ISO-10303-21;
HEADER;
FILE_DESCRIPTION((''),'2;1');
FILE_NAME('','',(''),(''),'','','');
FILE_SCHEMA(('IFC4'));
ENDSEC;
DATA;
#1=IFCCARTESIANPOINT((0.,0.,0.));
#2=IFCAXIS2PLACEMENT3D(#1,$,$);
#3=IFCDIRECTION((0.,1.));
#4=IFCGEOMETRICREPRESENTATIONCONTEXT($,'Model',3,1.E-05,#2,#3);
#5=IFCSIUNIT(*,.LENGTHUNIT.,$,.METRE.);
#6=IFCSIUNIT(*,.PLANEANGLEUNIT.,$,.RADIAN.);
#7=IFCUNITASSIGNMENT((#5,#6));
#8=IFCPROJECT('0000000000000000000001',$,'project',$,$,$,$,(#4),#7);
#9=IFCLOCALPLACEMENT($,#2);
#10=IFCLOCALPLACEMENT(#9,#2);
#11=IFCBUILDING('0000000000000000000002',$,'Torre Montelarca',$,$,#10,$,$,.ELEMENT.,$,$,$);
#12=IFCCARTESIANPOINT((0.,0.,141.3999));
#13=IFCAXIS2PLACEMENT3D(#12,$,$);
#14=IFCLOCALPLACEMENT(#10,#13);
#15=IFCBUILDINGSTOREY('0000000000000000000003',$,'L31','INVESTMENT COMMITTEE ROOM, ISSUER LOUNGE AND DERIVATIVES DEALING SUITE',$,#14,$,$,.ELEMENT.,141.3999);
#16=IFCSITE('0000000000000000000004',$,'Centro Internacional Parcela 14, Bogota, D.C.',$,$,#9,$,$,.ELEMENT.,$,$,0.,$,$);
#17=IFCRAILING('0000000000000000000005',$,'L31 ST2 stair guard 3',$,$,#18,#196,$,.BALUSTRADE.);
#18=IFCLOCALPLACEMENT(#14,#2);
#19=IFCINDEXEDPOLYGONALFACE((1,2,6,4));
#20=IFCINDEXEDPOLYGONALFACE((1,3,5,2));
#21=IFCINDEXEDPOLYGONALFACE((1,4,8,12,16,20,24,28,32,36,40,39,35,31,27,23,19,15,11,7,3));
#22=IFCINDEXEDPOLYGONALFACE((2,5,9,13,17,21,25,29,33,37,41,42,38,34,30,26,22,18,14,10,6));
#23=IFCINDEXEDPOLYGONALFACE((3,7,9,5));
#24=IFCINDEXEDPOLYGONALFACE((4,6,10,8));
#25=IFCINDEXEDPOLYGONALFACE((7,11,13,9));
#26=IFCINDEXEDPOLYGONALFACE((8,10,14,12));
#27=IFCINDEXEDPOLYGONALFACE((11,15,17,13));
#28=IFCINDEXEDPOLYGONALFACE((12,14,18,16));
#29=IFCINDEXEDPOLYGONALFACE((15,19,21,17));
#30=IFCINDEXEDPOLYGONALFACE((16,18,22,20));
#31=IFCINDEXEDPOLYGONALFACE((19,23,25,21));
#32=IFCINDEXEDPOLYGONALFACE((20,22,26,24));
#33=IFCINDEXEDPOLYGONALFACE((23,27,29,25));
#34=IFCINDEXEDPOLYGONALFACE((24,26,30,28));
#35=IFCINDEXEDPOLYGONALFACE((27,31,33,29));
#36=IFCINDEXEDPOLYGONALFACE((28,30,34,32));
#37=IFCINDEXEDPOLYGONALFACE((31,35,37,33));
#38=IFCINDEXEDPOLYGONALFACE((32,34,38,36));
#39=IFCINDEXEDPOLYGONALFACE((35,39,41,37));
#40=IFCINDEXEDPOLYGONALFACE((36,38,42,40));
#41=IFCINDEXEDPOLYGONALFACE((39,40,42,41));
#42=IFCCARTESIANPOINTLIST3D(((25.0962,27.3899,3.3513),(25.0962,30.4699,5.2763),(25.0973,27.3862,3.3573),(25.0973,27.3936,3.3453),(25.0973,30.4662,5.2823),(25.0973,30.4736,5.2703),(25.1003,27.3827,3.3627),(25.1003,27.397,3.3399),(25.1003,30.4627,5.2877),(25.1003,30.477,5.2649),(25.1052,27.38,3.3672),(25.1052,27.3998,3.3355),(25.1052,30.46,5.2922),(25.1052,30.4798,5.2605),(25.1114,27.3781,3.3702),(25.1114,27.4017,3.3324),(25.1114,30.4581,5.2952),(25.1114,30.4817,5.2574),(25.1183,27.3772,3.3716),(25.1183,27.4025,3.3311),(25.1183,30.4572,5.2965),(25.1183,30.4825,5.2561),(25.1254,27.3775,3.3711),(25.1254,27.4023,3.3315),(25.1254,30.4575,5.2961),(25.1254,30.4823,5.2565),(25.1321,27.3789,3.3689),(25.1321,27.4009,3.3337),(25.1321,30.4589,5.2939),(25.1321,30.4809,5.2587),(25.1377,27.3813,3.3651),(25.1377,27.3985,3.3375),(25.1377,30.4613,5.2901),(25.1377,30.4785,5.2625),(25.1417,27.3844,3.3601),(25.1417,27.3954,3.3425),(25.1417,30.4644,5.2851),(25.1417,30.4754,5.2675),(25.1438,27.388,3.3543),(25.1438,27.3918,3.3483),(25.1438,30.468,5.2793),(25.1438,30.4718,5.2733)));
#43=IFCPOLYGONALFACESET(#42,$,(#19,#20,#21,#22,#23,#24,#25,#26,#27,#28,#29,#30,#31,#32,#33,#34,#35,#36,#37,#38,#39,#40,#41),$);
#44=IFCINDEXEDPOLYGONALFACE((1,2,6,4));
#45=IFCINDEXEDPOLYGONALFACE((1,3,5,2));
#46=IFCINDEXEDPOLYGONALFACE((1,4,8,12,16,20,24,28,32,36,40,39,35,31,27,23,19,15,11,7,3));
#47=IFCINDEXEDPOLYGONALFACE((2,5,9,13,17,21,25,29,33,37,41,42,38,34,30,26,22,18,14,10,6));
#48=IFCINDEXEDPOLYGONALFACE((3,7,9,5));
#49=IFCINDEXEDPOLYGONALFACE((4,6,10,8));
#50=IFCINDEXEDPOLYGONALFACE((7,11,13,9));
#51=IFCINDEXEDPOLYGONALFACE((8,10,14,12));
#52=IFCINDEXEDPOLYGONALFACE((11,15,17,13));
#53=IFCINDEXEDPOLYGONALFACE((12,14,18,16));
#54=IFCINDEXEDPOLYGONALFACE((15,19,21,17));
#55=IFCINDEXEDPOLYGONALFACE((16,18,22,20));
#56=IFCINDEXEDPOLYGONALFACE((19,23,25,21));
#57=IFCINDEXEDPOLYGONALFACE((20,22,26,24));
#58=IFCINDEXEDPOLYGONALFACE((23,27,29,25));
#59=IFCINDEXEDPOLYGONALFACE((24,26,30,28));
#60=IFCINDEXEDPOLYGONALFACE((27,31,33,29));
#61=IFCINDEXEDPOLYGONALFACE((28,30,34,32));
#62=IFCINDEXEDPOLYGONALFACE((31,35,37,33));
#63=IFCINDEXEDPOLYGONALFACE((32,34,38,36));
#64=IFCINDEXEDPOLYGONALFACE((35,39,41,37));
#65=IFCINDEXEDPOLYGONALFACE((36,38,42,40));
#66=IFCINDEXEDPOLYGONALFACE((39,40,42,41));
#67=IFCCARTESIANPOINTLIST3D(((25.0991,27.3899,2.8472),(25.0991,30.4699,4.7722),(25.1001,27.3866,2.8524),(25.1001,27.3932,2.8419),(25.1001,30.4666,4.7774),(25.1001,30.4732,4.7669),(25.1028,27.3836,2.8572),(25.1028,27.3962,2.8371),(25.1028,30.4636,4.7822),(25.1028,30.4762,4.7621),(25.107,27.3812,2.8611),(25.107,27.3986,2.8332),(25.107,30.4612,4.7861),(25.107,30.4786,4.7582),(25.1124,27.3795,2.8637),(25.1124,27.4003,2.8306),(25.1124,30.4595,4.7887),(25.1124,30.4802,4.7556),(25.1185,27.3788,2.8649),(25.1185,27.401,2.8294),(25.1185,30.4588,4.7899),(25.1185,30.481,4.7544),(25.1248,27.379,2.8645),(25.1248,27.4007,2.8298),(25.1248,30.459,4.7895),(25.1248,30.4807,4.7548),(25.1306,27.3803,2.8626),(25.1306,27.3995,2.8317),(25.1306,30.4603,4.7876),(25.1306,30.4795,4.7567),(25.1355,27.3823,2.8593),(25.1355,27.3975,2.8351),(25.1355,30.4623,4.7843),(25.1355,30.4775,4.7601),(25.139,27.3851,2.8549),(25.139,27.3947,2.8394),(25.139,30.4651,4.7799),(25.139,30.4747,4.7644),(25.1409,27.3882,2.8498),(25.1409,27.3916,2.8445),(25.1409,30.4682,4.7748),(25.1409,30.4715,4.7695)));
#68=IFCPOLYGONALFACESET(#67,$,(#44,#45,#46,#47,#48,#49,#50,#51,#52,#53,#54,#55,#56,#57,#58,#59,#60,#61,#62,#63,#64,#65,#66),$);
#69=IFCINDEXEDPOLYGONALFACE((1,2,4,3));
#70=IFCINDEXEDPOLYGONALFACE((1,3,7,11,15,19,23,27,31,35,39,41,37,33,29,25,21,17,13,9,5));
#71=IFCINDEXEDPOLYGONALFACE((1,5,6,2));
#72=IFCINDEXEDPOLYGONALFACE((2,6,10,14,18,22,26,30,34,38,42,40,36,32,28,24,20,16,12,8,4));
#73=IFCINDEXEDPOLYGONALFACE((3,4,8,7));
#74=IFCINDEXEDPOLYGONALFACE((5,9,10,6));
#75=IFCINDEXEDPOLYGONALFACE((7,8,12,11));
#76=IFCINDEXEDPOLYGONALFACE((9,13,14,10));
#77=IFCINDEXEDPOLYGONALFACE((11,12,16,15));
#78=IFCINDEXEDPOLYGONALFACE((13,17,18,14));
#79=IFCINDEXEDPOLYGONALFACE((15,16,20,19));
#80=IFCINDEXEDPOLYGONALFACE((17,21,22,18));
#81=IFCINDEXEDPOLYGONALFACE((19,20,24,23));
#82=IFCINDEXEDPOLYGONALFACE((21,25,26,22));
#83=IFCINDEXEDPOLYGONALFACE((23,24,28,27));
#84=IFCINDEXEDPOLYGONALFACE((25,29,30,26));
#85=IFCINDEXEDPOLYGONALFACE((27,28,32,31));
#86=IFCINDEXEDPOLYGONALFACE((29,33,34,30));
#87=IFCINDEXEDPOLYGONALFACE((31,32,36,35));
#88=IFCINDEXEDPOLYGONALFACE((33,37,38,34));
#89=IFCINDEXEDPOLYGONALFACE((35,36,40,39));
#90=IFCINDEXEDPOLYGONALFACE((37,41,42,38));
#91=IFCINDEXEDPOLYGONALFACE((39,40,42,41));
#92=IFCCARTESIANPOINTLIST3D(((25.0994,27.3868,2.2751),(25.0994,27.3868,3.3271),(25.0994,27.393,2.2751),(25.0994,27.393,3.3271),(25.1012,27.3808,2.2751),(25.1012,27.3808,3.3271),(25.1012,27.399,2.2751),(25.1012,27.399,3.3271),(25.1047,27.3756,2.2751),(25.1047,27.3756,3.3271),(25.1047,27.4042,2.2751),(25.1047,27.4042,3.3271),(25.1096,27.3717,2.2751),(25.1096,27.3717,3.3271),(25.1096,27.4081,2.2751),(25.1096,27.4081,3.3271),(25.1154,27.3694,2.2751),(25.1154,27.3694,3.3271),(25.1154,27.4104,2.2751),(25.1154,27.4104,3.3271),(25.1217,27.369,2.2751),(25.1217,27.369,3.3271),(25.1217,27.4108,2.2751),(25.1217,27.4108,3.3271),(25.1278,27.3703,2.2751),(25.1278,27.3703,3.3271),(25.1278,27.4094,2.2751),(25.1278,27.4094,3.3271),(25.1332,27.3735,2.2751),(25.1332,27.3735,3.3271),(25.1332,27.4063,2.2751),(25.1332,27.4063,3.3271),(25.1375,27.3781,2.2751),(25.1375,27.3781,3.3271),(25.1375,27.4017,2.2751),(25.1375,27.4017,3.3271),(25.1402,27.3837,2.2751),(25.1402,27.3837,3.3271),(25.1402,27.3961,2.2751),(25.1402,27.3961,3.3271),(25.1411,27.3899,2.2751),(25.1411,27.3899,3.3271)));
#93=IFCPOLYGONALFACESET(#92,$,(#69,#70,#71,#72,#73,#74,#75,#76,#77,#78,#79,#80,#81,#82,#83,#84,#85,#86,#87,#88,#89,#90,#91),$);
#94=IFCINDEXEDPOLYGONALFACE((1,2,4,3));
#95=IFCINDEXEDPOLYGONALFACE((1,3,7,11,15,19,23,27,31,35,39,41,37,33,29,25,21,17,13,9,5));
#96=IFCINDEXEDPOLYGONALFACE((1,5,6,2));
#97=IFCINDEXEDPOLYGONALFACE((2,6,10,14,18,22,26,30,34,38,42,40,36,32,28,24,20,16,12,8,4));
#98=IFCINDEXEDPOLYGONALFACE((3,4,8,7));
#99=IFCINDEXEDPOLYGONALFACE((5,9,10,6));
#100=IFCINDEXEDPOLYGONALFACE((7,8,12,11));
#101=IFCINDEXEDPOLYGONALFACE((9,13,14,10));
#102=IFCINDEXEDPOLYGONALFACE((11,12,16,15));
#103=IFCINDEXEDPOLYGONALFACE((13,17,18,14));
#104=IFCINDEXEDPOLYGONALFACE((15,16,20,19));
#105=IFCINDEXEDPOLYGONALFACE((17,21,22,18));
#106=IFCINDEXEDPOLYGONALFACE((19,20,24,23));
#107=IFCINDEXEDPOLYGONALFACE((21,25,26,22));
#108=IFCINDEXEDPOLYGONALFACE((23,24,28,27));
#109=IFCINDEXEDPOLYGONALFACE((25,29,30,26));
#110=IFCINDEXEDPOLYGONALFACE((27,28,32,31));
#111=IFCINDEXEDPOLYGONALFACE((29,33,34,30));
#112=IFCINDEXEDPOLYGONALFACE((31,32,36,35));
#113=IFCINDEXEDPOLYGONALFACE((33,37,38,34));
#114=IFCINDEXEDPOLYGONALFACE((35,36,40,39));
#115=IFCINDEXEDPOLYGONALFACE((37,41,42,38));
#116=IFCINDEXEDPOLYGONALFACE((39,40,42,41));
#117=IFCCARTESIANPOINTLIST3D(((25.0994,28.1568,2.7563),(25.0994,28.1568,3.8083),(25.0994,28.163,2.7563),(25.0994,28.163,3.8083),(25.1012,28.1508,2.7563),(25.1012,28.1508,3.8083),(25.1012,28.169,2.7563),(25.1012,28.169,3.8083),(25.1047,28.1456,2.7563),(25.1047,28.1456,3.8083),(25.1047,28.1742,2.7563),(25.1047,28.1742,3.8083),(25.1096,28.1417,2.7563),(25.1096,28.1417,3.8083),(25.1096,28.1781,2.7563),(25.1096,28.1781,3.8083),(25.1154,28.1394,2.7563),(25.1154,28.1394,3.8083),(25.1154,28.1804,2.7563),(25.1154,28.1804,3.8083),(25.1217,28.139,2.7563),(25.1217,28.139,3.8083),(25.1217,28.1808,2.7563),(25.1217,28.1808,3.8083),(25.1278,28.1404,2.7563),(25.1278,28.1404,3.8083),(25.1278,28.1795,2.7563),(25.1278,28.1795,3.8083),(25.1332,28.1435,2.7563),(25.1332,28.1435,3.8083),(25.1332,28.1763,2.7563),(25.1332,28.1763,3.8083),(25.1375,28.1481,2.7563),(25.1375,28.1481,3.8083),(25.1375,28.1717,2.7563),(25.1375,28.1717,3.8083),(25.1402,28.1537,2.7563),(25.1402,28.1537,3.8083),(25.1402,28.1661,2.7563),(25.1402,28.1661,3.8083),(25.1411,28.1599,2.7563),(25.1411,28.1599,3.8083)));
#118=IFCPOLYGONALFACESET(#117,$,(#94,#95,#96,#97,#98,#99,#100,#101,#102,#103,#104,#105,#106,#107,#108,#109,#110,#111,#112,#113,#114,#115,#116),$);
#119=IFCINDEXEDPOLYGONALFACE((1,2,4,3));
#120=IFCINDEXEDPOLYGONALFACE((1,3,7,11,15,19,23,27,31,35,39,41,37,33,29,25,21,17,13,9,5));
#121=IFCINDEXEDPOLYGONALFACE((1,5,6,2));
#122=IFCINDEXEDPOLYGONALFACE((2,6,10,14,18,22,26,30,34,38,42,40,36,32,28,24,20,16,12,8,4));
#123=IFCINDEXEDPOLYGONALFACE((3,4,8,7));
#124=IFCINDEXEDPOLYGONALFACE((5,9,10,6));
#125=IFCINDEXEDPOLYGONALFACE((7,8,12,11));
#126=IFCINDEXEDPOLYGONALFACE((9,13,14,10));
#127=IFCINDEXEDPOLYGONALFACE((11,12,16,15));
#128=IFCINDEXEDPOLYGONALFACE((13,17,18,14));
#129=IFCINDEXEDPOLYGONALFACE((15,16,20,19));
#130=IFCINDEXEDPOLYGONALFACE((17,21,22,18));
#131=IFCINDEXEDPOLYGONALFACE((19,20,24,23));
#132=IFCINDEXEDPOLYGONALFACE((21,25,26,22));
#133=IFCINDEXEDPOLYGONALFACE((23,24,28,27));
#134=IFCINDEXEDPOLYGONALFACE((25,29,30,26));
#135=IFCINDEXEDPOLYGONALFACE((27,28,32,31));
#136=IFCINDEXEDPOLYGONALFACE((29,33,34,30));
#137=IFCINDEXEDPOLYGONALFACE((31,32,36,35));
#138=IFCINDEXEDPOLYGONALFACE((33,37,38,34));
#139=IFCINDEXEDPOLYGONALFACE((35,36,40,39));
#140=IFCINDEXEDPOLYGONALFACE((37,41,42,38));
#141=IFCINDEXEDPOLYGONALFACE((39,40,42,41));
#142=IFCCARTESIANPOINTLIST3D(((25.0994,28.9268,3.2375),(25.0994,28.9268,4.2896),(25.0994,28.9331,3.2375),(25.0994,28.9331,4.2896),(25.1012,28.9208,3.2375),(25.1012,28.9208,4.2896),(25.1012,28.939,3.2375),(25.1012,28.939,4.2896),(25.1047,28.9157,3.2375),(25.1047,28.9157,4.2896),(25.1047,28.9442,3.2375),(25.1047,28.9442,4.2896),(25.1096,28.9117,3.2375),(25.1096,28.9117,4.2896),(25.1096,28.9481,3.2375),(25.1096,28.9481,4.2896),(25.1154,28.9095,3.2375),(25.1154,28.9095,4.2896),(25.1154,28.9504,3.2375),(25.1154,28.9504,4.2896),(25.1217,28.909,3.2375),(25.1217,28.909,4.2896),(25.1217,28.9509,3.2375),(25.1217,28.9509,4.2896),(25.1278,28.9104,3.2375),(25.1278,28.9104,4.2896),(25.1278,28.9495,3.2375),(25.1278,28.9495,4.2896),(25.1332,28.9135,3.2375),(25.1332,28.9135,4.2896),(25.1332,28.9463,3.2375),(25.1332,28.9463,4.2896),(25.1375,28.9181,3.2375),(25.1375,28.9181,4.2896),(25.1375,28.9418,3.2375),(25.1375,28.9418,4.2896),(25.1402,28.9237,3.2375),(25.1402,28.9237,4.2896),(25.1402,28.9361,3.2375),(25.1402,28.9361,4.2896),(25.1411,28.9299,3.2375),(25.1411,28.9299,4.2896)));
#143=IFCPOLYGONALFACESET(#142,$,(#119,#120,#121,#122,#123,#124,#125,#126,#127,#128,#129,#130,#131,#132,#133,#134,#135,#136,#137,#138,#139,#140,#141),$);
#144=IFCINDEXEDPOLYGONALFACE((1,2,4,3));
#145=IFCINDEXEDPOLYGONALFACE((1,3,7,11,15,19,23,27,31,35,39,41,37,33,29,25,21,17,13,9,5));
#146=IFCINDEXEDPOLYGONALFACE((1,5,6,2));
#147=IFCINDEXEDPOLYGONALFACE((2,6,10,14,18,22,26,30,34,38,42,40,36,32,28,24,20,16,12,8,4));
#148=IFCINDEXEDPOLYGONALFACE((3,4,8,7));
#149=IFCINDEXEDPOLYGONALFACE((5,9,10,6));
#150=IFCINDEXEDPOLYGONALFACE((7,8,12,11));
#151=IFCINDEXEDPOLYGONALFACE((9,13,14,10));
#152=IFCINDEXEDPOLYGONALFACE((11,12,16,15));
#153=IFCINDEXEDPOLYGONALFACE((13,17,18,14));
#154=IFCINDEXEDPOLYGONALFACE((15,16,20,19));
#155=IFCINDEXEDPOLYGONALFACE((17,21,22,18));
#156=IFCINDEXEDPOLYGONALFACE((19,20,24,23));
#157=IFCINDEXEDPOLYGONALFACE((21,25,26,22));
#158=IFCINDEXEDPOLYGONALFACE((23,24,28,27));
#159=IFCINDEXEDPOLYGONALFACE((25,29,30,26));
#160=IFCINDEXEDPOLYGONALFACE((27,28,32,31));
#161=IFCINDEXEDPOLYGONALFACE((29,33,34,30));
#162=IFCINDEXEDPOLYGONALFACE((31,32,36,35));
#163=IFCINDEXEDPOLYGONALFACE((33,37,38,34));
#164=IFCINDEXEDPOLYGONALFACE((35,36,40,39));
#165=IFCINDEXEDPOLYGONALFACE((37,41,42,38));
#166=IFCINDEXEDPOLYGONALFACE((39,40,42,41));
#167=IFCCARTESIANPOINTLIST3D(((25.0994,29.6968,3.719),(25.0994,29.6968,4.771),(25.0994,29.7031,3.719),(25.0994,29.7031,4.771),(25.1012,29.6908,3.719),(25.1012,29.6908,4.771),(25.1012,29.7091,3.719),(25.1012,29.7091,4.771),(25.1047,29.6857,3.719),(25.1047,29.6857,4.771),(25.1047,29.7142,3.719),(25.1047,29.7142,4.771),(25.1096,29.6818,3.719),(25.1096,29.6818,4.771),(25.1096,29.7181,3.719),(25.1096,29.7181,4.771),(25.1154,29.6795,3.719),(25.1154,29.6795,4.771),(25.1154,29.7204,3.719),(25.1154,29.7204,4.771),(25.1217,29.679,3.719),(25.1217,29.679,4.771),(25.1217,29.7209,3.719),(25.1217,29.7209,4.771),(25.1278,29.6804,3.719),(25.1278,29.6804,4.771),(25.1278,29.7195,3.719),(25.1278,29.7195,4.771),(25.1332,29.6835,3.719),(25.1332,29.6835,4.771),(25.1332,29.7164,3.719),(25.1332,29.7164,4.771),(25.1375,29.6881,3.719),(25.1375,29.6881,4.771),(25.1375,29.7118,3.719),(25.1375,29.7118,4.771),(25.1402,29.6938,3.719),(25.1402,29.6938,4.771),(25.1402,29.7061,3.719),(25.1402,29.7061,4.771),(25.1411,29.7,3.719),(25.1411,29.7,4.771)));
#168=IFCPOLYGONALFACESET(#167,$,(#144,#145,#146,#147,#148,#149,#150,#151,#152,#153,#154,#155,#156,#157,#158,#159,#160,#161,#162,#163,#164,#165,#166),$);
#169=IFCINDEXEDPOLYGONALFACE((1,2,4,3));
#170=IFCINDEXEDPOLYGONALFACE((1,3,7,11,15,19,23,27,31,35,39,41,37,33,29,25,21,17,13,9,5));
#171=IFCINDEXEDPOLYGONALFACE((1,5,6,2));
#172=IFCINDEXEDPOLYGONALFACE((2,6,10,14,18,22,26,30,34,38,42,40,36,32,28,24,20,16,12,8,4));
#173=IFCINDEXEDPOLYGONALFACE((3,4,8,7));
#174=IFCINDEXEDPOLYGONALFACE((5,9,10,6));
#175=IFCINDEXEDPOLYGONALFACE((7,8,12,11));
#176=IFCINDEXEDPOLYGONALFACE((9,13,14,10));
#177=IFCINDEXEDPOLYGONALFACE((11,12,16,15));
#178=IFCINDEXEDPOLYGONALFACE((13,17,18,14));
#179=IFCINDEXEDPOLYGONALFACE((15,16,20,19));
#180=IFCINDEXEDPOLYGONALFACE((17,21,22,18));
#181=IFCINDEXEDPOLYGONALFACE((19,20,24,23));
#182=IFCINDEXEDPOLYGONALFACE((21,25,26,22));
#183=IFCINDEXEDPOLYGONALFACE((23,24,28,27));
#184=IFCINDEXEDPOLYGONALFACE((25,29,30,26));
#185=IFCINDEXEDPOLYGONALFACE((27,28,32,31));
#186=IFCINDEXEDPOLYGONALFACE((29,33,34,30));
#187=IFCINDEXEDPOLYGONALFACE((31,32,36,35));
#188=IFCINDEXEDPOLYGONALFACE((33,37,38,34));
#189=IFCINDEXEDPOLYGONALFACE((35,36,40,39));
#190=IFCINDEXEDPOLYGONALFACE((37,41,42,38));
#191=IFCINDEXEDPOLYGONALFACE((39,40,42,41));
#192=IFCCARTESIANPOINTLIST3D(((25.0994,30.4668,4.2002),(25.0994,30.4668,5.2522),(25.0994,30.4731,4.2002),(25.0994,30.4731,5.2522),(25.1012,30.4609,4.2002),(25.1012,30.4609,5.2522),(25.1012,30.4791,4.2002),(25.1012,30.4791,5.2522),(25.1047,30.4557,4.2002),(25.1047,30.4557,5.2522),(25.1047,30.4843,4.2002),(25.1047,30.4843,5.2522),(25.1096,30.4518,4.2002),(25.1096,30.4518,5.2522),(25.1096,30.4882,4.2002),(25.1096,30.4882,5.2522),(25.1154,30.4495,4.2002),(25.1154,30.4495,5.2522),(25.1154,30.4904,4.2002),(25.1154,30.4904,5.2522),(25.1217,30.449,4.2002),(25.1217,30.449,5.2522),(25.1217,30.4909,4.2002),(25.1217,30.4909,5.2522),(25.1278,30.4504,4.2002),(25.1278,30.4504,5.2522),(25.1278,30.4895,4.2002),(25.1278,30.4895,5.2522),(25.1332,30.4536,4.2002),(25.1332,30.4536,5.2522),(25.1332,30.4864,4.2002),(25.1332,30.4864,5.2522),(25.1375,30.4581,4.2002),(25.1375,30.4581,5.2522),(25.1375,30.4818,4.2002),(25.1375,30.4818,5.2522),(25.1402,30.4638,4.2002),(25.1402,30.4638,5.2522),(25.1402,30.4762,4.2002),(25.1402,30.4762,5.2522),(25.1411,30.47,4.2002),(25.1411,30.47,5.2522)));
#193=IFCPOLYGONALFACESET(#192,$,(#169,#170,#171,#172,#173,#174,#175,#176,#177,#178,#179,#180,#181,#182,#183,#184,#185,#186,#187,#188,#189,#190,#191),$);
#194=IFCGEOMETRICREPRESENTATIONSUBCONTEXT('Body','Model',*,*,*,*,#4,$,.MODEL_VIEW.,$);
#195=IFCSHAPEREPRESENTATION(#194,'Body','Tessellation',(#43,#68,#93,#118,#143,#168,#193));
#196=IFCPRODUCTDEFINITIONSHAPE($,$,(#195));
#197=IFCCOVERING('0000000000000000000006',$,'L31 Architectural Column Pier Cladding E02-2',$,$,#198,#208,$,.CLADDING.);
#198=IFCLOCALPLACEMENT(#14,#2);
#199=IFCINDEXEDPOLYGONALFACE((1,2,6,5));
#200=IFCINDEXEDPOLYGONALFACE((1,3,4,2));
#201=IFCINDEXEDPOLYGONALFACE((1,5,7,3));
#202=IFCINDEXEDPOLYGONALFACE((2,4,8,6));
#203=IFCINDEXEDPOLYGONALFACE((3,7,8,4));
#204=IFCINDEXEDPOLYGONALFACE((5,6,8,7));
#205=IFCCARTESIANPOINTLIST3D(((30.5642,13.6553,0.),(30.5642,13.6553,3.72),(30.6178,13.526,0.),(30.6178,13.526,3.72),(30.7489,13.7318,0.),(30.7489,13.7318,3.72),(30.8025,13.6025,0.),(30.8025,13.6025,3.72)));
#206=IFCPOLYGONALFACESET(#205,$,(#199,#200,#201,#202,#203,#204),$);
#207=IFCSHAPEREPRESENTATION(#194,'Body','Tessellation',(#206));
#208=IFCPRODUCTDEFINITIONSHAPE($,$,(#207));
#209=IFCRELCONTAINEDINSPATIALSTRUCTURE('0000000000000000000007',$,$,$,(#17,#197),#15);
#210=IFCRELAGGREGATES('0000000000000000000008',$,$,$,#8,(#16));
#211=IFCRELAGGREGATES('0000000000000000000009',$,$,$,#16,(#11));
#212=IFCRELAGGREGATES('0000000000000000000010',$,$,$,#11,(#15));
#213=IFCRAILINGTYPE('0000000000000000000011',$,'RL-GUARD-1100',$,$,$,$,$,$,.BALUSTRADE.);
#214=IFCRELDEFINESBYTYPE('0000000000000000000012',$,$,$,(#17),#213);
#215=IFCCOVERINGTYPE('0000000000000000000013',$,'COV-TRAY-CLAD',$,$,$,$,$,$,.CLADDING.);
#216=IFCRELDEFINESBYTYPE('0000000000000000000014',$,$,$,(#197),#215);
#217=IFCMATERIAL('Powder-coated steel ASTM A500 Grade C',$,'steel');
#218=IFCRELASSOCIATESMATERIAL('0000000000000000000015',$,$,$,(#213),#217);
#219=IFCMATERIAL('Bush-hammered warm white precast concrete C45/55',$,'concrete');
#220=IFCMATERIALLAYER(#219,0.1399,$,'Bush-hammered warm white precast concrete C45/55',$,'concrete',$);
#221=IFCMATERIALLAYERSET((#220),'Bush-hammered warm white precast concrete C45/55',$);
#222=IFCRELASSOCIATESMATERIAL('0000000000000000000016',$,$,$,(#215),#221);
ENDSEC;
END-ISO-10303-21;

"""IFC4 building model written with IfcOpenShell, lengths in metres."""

from ifc_helpers import new_model, si_unit, direction, frame, origin, origin_2d, place, context, subcontext, project, spatial, rectangle, circle, extrude, source, transform, mapped, material, layer, layer_set, type_object, element, save


model = new_model("IFC4")

# Units and contexts
model_context = context("Model", 3, precision=1e-05, world=origin(), true_north=direction((0.0, 1.0)))
body_context = subcontext(model_context, "Body", "Model", "MODEL_VIEW")
ifc_project = project(units=[si_unit("LENGTHUNIT", "METRE"), si_unit("PLANEANGLEUNIT", "RADIAN")], contexts=[model_context])

# Site, building, storey
site_placement = place(None, origin())
site = spatial("IfcSite", under=ifc_project, at=site_placement, Name="Centro Internacional Parcela 14, Bogota, D.C.", CompositionType="ELEMENT", RefElevation=0.0)
building_placement = place(site_placement, origin())
building = spatial("IfcBuilding", under=site, at=building_placement, Name="Torre Montelarca", CompositionType="ELEMENT")
storey_placement = place(building_placement, frame((0.0, 0.0, 141.3999)))
storey = spatial("IfcBuildingStorey", under=building, at=storey_placement, Name="L31", Description="INVESTMENT COMMITTEE ROOM, ISSUER LOUNGE AND DERIVATIVES DEALING SUITE", CompositionType="ELEMENT", Elevation=141.3999)

# Railing
ifc_material_1 = material(Name="Powder-coated steel ASTM A500 Grade C", Category="steel")
railing_type = type_object("IfcRailingType", Name="RL-GUARD-1100", PredefinedType="BALUSTRADE", material=ifc_material_1)
railing_1_placement = place(storey_placement, frame((25.1201, 27.3899, 2.2751)))
element("IfcRailing", 1, at=railing_1_placement, inside=storey, type_object=railing_type, Name="L31 ST2 stair guard 3", PredefinedType="BALUSTRADE", context=body_context, shape_type="SweptSolid", body=[
    extrude(circle(Radius=0.0239, at=origin_2d()), frame((0.0, 0.0, 1.0762), z_axis=(0.0, 0.847998, 0.529999), x_axis=(-1.0, 0.0, 0.0)), (0.0, 0.0, 1.0), 3.6321),
    extrude(circle(Radius=0.021, at=origin_2d()), frame((0.0, 0.0, 0.572), z_axis=(0.0, 0.847998, 0.529999), x_axis=(-1.0, 0.0, 0.0)), (0.0, 0.0, 1.0), 3.6321),
    extrude(circle(Radius=0.021, at=origin_2d()), origin(), (0.0, 0.0, 1.0), 1.052),
    extrude(circle(Radius=0.021, at=origin_2d()), frame((0.0, 0.77, 0.4812)), (0.0, 0.0, 1.0), 1.052),
    extrude(circle(Radius=0.021, at=origin_2d()), frame((0.0, 1.54, 0.9624)), (0.0, 0.0, 1.0), 1.052),
    extrude(circle(Radius=0.021, at=origin_2d()), frame((0.0, 2.3101, 1.4438)), (0.0, 0.0, 1.0), 1.052),
    extrude(circle(Radius=0.021, at=origin_2d()), frame((0.0, 3.0801, 1.925)), (0.0, 0.0, 1.0), 1.052),
])

# Covering
ifc_material_2 = material(Name="Bush-hammered warm white precast concrete C45/55", Category="concrete")
ifc_layer_1 = layer(ifc_material_2, 0.1399, Name="Bush-hammered warm white precast concrete C45/55", Category="concrete")
ifc_layer_set_1 = layer_set([ifc_layer_1], Name="Bush-hammered warm white precast concrete C45/55")
covering_type = type_object("IfcCoveringType", Name="COV-TRAY-CLAD", PredefinedType="CLADDING", material=ifc_layer_set_1)
shared_shape_1 = source(origin(), body_context, "Body", "SweptSolid", [
    extrude(rectangle(XDim=0.2, YDim=0.1399, at=origin_2d()), origin(), (0.0, 0.0, 1.0), 3.72),
])
for number, where, z_axis, x_axis, name in (
    (2, (30.6833, 13.6289, 0.0), (0.0, 0.0, 1.0), (0.923882, 0.382677, 0.0), "L31 Architectural Column Pier Cladding E02-2"),
):
    element("IfcCovering", number, at=place(storey_placement, frame(where, z_axis=z_axis, x_axis=x_axis)), inside=storey, type_object=covering_type, Name=name, PredefinedType="CLADDING", context=body_context, shape_type="MappedRepresentation", body=[
        mapped(shared_shape_1, transform((0.0, 0.0, 0.0), scale=1.0)),
    ])

save(model, "model.ifc")
